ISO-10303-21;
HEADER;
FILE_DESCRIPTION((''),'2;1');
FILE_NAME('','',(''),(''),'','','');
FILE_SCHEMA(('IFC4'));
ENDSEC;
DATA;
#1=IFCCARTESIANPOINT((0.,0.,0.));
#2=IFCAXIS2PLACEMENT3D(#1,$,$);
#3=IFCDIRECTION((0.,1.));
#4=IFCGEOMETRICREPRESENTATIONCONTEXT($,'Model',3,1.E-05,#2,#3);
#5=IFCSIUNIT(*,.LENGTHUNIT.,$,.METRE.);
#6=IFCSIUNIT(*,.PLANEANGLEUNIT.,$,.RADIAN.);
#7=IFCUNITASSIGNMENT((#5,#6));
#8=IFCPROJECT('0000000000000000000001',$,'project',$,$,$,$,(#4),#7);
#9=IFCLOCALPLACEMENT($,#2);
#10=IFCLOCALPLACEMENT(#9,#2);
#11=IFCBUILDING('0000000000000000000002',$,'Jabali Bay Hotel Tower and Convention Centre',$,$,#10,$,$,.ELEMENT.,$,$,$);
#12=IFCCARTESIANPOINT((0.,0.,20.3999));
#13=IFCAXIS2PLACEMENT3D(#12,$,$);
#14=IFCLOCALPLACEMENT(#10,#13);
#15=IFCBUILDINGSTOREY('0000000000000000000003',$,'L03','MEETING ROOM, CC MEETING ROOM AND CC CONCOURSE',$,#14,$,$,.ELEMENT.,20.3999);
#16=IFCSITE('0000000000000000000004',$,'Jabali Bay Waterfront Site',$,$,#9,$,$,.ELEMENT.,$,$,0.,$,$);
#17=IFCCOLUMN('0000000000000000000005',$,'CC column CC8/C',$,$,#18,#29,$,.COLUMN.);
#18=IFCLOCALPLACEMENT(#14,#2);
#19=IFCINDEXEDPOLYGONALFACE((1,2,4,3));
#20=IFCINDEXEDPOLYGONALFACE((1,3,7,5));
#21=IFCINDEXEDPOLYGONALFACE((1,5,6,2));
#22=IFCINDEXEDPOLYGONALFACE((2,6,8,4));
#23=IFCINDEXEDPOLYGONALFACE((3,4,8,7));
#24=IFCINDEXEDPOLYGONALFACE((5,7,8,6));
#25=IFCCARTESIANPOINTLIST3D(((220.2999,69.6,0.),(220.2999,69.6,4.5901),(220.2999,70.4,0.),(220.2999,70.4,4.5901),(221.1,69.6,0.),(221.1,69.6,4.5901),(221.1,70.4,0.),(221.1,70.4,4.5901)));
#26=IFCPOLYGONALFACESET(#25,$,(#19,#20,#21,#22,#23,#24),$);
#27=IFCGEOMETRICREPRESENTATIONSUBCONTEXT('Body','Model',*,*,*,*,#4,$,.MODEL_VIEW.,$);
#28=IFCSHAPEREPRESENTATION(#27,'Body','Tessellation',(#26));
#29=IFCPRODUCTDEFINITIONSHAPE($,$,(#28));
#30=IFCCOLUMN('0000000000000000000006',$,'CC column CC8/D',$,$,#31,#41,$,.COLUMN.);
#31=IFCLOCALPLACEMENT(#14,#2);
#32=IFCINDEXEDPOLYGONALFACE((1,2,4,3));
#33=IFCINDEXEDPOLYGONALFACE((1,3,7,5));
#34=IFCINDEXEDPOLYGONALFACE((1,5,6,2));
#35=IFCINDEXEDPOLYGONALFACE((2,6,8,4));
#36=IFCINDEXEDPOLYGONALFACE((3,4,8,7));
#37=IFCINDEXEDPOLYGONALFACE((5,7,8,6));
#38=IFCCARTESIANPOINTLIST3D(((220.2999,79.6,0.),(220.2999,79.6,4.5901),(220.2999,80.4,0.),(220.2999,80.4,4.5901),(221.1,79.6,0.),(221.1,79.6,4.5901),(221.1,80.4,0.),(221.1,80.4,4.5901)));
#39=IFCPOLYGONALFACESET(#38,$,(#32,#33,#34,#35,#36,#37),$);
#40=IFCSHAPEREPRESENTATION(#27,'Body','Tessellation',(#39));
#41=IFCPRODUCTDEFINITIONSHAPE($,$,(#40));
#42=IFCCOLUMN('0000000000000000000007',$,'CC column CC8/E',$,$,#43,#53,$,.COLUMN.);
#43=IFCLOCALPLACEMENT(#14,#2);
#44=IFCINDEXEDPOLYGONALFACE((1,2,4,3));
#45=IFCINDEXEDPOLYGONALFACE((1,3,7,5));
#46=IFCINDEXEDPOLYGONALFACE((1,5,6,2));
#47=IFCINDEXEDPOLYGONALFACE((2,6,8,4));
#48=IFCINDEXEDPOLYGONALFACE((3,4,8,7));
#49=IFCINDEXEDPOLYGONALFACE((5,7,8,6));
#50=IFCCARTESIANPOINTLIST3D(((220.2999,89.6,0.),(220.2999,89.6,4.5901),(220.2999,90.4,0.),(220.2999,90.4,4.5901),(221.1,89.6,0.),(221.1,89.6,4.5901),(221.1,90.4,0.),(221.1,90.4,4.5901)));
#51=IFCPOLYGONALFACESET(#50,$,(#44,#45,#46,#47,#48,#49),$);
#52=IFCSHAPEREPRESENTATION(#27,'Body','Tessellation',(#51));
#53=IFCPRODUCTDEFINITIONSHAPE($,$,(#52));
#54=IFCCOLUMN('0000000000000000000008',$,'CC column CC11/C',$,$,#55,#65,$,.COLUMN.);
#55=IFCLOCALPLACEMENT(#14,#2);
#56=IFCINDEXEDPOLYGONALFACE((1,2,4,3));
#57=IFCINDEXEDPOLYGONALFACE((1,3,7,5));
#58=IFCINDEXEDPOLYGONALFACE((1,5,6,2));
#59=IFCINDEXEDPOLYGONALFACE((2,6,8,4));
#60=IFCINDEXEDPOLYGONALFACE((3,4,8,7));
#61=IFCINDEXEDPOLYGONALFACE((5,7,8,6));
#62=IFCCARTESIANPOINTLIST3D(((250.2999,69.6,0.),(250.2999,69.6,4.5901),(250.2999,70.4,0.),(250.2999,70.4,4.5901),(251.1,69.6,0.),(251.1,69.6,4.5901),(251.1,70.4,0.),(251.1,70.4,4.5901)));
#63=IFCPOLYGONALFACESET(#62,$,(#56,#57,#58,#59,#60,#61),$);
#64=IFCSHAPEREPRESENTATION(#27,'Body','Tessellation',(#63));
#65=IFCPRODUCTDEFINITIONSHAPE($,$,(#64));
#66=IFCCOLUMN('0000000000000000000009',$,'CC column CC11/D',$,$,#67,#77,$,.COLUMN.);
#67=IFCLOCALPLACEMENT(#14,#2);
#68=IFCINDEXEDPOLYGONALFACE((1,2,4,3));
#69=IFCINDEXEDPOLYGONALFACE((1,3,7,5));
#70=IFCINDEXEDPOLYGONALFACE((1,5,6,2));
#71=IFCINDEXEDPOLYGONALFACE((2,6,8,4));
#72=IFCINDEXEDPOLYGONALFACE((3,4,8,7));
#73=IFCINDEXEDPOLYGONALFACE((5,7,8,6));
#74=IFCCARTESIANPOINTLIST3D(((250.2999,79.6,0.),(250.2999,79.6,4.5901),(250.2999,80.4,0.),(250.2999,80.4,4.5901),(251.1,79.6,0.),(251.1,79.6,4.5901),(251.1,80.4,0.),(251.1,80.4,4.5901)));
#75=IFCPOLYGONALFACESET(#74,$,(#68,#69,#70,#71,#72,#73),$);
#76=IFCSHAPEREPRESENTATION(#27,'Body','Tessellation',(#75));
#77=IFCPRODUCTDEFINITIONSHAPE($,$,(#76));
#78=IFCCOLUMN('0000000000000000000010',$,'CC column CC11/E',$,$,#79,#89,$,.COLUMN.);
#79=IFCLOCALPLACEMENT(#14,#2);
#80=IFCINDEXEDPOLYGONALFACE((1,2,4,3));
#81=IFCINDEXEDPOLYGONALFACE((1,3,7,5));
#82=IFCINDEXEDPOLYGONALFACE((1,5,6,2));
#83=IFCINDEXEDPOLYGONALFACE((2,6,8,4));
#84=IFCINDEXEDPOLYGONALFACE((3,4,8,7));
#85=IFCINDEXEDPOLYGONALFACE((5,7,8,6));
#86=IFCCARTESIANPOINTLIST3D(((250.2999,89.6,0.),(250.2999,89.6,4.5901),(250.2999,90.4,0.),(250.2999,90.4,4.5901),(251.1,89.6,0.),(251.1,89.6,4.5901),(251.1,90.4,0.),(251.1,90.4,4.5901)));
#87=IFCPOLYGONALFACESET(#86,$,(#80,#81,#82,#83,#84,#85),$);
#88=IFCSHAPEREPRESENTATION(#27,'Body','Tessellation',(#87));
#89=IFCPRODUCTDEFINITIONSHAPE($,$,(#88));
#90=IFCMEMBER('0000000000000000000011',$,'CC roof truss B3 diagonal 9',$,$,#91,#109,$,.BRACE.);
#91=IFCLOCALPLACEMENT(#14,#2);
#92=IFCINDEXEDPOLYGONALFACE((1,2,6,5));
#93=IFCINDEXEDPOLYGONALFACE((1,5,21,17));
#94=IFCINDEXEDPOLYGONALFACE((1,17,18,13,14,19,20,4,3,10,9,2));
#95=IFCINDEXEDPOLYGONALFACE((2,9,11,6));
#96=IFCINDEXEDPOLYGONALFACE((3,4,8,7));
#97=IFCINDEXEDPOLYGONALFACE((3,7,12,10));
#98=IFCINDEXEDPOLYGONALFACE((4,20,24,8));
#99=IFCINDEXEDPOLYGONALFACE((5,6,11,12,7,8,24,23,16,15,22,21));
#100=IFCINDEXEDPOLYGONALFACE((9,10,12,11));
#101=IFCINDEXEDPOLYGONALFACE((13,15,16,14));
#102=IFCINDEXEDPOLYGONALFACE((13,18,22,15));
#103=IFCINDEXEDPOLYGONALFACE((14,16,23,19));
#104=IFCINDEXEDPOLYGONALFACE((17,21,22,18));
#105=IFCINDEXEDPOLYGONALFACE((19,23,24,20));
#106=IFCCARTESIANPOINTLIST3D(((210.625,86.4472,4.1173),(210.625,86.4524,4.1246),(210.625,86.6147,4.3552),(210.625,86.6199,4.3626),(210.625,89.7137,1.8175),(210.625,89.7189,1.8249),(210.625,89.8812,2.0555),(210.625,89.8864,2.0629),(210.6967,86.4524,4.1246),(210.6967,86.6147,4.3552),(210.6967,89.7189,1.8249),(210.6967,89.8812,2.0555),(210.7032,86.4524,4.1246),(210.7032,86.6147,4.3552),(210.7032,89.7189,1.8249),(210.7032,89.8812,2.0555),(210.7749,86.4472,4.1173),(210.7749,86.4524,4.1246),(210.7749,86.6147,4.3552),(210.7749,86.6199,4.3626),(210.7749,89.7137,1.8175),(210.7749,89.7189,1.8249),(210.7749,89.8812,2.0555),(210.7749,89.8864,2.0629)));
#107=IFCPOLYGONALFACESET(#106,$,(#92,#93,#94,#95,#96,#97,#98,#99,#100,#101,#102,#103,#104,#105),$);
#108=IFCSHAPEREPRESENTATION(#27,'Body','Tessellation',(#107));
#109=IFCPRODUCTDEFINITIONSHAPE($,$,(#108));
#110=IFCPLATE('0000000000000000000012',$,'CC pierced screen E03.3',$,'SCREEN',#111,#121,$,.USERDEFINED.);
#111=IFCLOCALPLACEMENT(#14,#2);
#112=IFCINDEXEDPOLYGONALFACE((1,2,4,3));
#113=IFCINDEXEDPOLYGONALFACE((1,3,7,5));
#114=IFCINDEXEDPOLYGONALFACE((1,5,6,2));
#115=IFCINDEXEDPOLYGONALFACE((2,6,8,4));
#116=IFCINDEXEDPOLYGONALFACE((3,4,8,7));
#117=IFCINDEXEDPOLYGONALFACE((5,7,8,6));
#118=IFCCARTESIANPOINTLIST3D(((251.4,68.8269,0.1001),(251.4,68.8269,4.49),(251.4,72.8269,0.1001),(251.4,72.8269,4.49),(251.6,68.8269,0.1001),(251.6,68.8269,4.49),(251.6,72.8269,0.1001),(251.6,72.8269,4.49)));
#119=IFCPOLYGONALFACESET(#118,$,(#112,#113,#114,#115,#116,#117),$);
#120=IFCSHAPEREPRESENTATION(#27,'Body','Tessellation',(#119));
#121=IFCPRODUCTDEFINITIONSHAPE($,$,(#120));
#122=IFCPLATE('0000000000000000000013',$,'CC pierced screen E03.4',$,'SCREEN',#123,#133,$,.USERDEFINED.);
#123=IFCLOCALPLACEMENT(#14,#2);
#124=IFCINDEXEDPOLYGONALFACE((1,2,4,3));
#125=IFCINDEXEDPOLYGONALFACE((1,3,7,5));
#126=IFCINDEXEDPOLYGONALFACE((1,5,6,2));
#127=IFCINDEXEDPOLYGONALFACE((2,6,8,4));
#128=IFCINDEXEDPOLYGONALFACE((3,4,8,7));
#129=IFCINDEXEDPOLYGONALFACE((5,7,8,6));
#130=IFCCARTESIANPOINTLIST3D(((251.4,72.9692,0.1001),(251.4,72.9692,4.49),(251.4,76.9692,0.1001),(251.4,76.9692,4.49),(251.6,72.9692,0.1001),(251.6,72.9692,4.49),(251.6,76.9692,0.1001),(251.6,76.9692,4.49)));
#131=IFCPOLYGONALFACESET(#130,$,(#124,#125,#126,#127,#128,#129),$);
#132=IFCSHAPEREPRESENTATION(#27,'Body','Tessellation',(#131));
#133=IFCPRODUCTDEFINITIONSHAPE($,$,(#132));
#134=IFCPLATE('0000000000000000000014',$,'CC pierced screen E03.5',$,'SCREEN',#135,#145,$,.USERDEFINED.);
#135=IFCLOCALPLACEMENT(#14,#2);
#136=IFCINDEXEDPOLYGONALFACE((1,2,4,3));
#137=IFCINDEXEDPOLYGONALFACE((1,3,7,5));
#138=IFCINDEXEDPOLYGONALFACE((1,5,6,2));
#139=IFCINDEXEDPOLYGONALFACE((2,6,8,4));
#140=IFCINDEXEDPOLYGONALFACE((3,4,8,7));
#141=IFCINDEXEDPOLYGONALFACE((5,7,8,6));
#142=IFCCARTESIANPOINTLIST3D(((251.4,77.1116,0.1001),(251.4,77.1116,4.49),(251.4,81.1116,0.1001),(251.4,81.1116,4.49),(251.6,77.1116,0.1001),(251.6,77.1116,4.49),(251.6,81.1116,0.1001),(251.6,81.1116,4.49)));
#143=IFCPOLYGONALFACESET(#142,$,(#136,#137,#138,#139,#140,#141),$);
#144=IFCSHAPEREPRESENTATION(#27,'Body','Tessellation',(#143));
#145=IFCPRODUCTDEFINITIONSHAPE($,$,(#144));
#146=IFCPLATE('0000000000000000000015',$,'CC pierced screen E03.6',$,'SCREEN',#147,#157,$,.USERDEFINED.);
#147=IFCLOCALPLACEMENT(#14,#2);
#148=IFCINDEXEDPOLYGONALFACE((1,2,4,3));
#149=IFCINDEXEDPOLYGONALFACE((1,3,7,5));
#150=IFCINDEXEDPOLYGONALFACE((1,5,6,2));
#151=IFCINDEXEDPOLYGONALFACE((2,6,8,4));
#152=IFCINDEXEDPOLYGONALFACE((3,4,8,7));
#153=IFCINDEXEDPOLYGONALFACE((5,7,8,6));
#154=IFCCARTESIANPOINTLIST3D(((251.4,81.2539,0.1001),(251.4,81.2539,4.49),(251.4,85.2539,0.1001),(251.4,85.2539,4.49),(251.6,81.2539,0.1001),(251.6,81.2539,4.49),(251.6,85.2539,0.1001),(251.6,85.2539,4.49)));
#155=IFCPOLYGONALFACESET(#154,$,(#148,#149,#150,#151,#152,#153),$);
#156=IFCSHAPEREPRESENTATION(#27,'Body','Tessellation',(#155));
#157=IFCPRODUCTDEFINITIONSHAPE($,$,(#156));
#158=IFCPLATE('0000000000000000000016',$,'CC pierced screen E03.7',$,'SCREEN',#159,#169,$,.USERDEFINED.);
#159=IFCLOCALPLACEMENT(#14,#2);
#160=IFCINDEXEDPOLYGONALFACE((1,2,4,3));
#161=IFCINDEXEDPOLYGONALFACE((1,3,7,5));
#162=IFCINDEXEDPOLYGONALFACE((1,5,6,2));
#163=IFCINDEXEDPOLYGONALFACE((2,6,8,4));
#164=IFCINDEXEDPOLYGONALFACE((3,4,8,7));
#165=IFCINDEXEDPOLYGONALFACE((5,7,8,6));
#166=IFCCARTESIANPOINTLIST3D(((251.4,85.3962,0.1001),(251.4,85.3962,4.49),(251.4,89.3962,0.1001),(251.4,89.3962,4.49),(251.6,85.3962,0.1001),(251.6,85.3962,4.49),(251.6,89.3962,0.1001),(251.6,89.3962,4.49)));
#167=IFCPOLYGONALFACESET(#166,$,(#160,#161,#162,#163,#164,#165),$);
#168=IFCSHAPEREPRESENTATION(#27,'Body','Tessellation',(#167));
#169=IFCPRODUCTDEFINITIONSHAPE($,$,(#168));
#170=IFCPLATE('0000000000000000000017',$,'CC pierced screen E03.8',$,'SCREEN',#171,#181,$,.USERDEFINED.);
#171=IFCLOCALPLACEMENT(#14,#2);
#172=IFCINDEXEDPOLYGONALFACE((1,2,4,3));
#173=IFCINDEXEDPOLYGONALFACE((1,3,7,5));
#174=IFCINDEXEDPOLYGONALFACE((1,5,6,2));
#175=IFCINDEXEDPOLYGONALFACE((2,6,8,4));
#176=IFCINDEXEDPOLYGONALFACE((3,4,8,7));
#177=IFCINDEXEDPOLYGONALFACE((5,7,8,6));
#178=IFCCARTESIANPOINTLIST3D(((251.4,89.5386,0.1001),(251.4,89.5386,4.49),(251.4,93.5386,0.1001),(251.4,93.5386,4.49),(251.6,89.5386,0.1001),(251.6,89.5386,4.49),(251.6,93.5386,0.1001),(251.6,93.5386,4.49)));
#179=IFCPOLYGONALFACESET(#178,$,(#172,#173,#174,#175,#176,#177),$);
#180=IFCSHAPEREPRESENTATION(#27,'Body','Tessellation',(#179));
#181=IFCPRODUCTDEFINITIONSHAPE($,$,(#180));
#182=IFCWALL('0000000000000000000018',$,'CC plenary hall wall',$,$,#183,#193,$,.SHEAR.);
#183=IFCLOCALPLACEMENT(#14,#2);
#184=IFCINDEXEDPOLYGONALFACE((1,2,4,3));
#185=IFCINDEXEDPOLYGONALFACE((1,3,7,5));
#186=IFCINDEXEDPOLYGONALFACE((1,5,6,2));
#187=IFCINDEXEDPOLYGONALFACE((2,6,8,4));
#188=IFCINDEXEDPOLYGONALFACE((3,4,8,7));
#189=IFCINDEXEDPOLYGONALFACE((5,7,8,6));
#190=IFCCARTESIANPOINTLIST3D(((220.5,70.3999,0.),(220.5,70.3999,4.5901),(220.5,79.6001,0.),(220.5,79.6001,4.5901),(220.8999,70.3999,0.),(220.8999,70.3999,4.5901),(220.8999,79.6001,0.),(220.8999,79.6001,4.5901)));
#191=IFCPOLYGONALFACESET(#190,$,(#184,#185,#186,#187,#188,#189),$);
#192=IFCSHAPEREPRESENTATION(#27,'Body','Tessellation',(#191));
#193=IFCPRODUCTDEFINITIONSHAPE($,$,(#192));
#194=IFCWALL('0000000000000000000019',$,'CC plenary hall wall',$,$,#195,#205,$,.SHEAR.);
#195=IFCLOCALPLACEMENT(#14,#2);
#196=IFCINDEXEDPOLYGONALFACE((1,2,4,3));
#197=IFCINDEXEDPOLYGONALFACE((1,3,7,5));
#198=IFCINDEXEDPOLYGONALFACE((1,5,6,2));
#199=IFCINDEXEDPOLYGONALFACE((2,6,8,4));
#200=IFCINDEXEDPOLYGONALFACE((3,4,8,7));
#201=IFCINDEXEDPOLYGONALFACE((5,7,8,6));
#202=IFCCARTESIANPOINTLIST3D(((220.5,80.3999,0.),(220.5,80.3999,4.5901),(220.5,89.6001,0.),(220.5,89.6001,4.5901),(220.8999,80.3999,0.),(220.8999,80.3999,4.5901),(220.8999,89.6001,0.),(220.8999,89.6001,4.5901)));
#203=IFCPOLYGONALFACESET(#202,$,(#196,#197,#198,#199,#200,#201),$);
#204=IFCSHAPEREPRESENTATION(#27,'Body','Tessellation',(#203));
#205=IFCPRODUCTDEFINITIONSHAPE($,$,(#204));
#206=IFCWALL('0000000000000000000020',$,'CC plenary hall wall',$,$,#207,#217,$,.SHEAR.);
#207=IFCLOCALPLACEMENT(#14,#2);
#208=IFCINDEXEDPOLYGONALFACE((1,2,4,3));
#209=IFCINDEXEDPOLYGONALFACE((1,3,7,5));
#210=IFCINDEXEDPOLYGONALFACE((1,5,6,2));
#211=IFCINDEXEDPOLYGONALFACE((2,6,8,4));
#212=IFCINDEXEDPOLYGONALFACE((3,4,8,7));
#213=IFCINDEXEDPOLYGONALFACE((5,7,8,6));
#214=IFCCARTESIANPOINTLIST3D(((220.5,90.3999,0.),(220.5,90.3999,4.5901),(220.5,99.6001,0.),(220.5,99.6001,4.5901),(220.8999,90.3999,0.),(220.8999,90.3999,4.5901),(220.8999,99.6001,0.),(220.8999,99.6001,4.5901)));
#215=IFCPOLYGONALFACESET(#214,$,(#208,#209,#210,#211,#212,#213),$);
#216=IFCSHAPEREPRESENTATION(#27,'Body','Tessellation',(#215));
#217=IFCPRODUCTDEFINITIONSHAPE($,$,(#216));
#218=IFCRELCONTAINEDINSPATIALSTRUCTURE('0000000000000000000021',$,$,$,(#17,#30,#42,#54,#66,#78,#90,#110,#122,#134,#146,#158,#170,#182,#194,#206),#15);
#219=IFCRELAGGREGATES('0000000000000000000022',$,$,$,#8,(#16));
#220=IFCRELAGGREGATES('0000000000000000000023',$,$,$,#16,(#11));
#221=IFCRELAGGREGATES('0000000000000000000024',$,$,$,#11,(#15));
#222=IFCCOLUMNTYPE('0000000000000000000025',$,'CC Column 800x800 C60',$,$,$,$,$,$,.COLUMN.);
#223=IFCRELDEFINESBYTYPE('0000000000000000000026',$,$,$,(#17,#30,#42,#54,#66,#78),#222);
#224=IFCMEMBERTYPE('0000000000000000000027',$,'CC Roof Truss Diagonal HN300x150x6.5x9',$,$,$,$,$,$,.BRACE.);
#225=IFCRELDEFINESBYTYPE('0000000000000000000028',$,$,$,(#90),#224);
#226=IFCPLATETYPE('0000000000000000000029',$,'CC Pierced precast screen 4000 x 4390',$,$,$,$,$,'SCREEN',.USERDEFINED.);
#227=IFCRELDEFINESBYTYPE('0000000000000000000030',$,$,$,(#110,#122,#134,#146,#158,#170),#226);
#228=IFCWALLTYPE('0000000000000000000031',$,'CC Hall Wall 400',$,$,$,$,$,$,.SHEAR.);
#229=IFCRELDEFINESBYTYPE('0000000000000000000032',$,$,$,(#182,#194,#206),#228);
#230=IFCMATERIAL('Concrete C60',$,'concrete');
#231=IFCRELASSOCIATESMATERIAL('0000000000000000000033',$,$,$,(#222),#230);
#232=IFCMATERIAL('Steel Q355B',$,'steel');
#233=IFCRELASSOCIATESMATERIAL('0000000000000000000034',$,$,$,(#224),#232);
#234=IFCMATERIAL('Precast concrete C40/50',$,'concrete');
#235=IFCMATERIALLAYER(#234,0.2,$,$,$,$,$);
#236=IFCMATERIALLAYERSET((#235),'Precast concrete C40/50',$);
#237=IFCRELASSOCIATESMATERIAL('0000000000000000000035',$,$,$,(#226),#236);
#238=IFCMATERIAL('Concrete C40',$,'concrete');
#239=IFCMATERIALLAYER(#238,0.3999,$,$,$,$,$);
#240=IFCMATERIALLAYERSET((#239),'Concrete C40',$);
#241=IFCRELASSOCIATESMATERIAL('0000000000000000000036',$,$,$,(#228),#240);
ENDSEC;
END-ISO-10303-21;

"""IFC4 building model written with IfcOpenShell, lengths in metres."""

from ifc_helpers import new_model, si_unit, direction, frame, frame_2d, origin, origin_2d, place, context, subcontext, project, spatial, rectangle, i_section, extrude, material, layer, layer_set, material_profile, profile_set, type_object, element, save


model = new_model("IFC4")

# Units and contexts
model_context = context("Model", 3, precision=1e-05, world=origin(), true_north=direction((0.0, 1.0)))
body_context = subcontext(model_context, "Body", "Model", "MODEL_VIEW")
ifc_project = project(units=[si_unit("LENGTHUNIT", "METRE"), si_unit("PLANEANGLEUNIT", "RADIAN")], contexts=[model_context])

# Site, building, storey
site_placement = place(None, origin())
site = spatial("IfcSite", under=ifc_project, at=site_placement, Name="Jabali Bay Waterfront Site", CompositionType="ELEMENT", RefElevation=0.0)
building_placement = place(site_placement, origin())
building = spatial("IfcBuilding", under=site, at=building_placement, Name="Jabali Bay Hotel Tower and Convention Centre", CompositionType="ELEMENT")
storey_placement = place(building_placement, frame((0.0, 0.0, 20.3999)))
storey = spatial("IfcBuildingStorey", under=building, at=storey_placement, Name="L03", Description="MEETING ROOM, CC MEETING ROOM AND CC CONCOURSE", CompositionType="ELEMENT", Elevation=20.3999)

# Columns
ifc_material_1 = material(Name="Concrete C60", Category="concrete")
ifc_material_profile_1 = material_profile(ifc_material_1, rectangle(XDim=0.8, YDim=0.8, at=origin_2d()), Name="RC 800x800")
ifc_profile_set_1 = profile_set([ifc_material_profile_1], Name="Concrete C60")
column_type = type_object("IfcColumnType", Name="CC Column 800x800 C60", PredefinedType="COLUMN", material=ifc_profile_set_1)
for number, where, z_axis, x_axis, name in (
    (1, (220.7, 70.0, 0.0), (0.0, 0.0, 1.0), (1.0, 0.0, 0.0), "CC column CC8/C"),
    (2, (220.7, 80.0, 0.0), (0.0, 0.0, 1.0), (1.0, 0.0, 0.0), "CC column CC8/D"),
    (3, (220.7, 90.0, 0.0), (0.0, 0.0, 1.0), (1.0, 0.0, 0.0), "CC column CC8/E"),
    (4, (250.7, 70.0, 0.0), (0.0, 0.0, 1.0), (1.0, 0.0, 0.0), "CC column CC11/C"),
    (5, (250.7, 80.0, 0.0), (0.0, 0.0, 1.0), (1.0, 0.0, 0.0), "CC column CC11/D"),
    (6, (250.7, 90.0, 0.0), (0.0, 0.0, 1.0), (1.0, 0.0, 0.0), "CC column CC11/E"),
):
    element("IfcColumn", number, at=place(storey_placement, frame(where, z_axis=z_axis, x_axis=x_axis)), inside=storey, type_object=column_type, Name=name, PredefinedType="COLUMN", context=body_context, shape_type="SweptSolid", body=[
        extrude(rectangle(XDim=0.8, YDim=0.8, at=origin_2d()), origin(), (0.0, 0.0, 1.0), 4.5901),
    ])

# Member
ifc_material_2 = material(Name="Steel Q355B", Category="steel")
ifc_material_profile_2 = material_profile(ifc_material_2, i_section(OverallWidth=0.1499, OverallDepth=0.3, WebThickness=0.0066, FlangeThickness=0.009, at=origin_2d()), Name="HN300x150x6.5x9")
ifc_profile_set_2 = profile_set([ifc_material_profile_2], Name="Steel Q355B")
member_type = type_object("IfcMemberType", Name="CC Roof Truss Diagonal HN300x150x6.5x9", PredefinedType="BRACE", material=ifc_profile_set_2)
member_placement = place(storey_placement, frame((210.7, 89.8, 1.9402), z_axis=(0.0, -0.817679, 0.575675), x_axis=(1.0, 0.0, 0.0)))
element("IfcMember", 7, at=member_placement, inside=storey, type_object=member_type, Name="CC roof truss B3 diagonal 9", PredefinedType="BRACE", context=body_context, shape_type="SweptSolid", body=[
    extrude(i_section(OverallWidth=0.1499, OverallDepth=0.3, WebThickness=0.0066, FlangeThickness=0.009, at=origin_2d()), origin(), (0.0, 0.0, 1.0), 3.9949),
])

# Plates
ifc_material_3 = material(Name="Precast concrete C40/50", Category="concrete")
ifc_layer_1 = layer(ifc_material_3, 0.2)
ifc_layer_set_1 = layer_set([ifc_layer_1], Name="Precast concrete C40/50")
plate_type = type_object("IfcPlateType", Name="CC Pierced precast screen 4000 x 4390", ElementType="SCREEN", PredefinedType="USERDEFINED", material=ifc_layer_set_1)
for number, where, z_axis, x_axis, name in (
    (8, (251.5, 70.8269, 0.1001), (0.0, 0.0, 1.0), (1.0, 0.0, 0.0), "CC pierced screen E03.3"),
    (9, (251.5, 74.9692, 0.1001), (0.0, 0.0, 1.0), (1.0, 0.0, 0.0), "CC pierced screen E03.4"),
    (10, (251.5, 79.1116, 0.1001), (0.0, 0.0, 1.0), (1.0, 0.0, 0.0), "CC pierced screen E03.5"),
    (11, (251.5, 83.2539, 0.1001), (0.0, 0.0, 1.0), (1.0, 0.0, 0.0), "CC pierced screen E03.6"),
    (12, (251.5, 87.3962, 0.1001), (0.0, 0.0, 1.0), (1.0, 0.0, 0.0), "CC pierced screen E03.7"),
    (13, (251.5, 91.5386, 0.1001), (0.0, 0.0, 1.0), (1.0, 0.0, 0.0), "CC pierced screen E03.8"),
):
    element("IfcPlate", number, at=place(storey_placement, frame(where, z_axis=z_axis, x_axis=x_axis)), inside=storey, type_object=plate_type, Name=name, ObjectType="SCREEN", PredefinedType="USERDEFINED", context=body_context, shape_type="SweptSolid", body=[
        extrude(rectangle(XDim=0.2, YDim=4.0, at=origin_2d()), origin(), (0.0, 0.0, 1.0), 4.3899),
    ])

# Walls
ifc_material_4 = material(Name="Concrete C40", Category="concrete")
ifc_layer_2 = layer(ifc_material_4, 0.3999)
ifc_layer_set_2 = layer_set([ifc_layer_2], Name="Concrete C40")
wall_type = type_object("IfcWallType", Name="CC Hall Wall 400", PredefinedType="SHEAR", material=ifc_layer_set_2)
for number, where, z_axis, x_axis, name in (
    (14, (220.7, 70.3999, 0.0), (0.0, 0.0, 1.0), (0.0, 1.0, 0.0), "CC plenary hall wall"),
    (15, (220.7, 80.3999, 0.0), (0.0, 0.0, 1.0), (0.0, 1.0, 0.0), "CC plenary hall wall"),
    (16, (220.7, 90.3999, 0.0), (0.0, 0.0, 1.0), (0.0, 1.0, 0.0), "CC plenary hall wall"),
):
    element("IfcWall", number, at=place(storey_placement, frame(where, z_axis=z_axis, x_axis=x_axis)), inside=storey, type_object=wall_type, Name=name, PredefinedType="SHEAR", context=body_context, shape_type="SweptSolid", body=[
        extrude(rectangle(XDim=9.2002, YDim=0.3999, at=frame_2d((4.6001, 0.0))), origin(), (0.0, 0.0, 1.0), 4.5901),
    ])

save(model, "model.ifc")
